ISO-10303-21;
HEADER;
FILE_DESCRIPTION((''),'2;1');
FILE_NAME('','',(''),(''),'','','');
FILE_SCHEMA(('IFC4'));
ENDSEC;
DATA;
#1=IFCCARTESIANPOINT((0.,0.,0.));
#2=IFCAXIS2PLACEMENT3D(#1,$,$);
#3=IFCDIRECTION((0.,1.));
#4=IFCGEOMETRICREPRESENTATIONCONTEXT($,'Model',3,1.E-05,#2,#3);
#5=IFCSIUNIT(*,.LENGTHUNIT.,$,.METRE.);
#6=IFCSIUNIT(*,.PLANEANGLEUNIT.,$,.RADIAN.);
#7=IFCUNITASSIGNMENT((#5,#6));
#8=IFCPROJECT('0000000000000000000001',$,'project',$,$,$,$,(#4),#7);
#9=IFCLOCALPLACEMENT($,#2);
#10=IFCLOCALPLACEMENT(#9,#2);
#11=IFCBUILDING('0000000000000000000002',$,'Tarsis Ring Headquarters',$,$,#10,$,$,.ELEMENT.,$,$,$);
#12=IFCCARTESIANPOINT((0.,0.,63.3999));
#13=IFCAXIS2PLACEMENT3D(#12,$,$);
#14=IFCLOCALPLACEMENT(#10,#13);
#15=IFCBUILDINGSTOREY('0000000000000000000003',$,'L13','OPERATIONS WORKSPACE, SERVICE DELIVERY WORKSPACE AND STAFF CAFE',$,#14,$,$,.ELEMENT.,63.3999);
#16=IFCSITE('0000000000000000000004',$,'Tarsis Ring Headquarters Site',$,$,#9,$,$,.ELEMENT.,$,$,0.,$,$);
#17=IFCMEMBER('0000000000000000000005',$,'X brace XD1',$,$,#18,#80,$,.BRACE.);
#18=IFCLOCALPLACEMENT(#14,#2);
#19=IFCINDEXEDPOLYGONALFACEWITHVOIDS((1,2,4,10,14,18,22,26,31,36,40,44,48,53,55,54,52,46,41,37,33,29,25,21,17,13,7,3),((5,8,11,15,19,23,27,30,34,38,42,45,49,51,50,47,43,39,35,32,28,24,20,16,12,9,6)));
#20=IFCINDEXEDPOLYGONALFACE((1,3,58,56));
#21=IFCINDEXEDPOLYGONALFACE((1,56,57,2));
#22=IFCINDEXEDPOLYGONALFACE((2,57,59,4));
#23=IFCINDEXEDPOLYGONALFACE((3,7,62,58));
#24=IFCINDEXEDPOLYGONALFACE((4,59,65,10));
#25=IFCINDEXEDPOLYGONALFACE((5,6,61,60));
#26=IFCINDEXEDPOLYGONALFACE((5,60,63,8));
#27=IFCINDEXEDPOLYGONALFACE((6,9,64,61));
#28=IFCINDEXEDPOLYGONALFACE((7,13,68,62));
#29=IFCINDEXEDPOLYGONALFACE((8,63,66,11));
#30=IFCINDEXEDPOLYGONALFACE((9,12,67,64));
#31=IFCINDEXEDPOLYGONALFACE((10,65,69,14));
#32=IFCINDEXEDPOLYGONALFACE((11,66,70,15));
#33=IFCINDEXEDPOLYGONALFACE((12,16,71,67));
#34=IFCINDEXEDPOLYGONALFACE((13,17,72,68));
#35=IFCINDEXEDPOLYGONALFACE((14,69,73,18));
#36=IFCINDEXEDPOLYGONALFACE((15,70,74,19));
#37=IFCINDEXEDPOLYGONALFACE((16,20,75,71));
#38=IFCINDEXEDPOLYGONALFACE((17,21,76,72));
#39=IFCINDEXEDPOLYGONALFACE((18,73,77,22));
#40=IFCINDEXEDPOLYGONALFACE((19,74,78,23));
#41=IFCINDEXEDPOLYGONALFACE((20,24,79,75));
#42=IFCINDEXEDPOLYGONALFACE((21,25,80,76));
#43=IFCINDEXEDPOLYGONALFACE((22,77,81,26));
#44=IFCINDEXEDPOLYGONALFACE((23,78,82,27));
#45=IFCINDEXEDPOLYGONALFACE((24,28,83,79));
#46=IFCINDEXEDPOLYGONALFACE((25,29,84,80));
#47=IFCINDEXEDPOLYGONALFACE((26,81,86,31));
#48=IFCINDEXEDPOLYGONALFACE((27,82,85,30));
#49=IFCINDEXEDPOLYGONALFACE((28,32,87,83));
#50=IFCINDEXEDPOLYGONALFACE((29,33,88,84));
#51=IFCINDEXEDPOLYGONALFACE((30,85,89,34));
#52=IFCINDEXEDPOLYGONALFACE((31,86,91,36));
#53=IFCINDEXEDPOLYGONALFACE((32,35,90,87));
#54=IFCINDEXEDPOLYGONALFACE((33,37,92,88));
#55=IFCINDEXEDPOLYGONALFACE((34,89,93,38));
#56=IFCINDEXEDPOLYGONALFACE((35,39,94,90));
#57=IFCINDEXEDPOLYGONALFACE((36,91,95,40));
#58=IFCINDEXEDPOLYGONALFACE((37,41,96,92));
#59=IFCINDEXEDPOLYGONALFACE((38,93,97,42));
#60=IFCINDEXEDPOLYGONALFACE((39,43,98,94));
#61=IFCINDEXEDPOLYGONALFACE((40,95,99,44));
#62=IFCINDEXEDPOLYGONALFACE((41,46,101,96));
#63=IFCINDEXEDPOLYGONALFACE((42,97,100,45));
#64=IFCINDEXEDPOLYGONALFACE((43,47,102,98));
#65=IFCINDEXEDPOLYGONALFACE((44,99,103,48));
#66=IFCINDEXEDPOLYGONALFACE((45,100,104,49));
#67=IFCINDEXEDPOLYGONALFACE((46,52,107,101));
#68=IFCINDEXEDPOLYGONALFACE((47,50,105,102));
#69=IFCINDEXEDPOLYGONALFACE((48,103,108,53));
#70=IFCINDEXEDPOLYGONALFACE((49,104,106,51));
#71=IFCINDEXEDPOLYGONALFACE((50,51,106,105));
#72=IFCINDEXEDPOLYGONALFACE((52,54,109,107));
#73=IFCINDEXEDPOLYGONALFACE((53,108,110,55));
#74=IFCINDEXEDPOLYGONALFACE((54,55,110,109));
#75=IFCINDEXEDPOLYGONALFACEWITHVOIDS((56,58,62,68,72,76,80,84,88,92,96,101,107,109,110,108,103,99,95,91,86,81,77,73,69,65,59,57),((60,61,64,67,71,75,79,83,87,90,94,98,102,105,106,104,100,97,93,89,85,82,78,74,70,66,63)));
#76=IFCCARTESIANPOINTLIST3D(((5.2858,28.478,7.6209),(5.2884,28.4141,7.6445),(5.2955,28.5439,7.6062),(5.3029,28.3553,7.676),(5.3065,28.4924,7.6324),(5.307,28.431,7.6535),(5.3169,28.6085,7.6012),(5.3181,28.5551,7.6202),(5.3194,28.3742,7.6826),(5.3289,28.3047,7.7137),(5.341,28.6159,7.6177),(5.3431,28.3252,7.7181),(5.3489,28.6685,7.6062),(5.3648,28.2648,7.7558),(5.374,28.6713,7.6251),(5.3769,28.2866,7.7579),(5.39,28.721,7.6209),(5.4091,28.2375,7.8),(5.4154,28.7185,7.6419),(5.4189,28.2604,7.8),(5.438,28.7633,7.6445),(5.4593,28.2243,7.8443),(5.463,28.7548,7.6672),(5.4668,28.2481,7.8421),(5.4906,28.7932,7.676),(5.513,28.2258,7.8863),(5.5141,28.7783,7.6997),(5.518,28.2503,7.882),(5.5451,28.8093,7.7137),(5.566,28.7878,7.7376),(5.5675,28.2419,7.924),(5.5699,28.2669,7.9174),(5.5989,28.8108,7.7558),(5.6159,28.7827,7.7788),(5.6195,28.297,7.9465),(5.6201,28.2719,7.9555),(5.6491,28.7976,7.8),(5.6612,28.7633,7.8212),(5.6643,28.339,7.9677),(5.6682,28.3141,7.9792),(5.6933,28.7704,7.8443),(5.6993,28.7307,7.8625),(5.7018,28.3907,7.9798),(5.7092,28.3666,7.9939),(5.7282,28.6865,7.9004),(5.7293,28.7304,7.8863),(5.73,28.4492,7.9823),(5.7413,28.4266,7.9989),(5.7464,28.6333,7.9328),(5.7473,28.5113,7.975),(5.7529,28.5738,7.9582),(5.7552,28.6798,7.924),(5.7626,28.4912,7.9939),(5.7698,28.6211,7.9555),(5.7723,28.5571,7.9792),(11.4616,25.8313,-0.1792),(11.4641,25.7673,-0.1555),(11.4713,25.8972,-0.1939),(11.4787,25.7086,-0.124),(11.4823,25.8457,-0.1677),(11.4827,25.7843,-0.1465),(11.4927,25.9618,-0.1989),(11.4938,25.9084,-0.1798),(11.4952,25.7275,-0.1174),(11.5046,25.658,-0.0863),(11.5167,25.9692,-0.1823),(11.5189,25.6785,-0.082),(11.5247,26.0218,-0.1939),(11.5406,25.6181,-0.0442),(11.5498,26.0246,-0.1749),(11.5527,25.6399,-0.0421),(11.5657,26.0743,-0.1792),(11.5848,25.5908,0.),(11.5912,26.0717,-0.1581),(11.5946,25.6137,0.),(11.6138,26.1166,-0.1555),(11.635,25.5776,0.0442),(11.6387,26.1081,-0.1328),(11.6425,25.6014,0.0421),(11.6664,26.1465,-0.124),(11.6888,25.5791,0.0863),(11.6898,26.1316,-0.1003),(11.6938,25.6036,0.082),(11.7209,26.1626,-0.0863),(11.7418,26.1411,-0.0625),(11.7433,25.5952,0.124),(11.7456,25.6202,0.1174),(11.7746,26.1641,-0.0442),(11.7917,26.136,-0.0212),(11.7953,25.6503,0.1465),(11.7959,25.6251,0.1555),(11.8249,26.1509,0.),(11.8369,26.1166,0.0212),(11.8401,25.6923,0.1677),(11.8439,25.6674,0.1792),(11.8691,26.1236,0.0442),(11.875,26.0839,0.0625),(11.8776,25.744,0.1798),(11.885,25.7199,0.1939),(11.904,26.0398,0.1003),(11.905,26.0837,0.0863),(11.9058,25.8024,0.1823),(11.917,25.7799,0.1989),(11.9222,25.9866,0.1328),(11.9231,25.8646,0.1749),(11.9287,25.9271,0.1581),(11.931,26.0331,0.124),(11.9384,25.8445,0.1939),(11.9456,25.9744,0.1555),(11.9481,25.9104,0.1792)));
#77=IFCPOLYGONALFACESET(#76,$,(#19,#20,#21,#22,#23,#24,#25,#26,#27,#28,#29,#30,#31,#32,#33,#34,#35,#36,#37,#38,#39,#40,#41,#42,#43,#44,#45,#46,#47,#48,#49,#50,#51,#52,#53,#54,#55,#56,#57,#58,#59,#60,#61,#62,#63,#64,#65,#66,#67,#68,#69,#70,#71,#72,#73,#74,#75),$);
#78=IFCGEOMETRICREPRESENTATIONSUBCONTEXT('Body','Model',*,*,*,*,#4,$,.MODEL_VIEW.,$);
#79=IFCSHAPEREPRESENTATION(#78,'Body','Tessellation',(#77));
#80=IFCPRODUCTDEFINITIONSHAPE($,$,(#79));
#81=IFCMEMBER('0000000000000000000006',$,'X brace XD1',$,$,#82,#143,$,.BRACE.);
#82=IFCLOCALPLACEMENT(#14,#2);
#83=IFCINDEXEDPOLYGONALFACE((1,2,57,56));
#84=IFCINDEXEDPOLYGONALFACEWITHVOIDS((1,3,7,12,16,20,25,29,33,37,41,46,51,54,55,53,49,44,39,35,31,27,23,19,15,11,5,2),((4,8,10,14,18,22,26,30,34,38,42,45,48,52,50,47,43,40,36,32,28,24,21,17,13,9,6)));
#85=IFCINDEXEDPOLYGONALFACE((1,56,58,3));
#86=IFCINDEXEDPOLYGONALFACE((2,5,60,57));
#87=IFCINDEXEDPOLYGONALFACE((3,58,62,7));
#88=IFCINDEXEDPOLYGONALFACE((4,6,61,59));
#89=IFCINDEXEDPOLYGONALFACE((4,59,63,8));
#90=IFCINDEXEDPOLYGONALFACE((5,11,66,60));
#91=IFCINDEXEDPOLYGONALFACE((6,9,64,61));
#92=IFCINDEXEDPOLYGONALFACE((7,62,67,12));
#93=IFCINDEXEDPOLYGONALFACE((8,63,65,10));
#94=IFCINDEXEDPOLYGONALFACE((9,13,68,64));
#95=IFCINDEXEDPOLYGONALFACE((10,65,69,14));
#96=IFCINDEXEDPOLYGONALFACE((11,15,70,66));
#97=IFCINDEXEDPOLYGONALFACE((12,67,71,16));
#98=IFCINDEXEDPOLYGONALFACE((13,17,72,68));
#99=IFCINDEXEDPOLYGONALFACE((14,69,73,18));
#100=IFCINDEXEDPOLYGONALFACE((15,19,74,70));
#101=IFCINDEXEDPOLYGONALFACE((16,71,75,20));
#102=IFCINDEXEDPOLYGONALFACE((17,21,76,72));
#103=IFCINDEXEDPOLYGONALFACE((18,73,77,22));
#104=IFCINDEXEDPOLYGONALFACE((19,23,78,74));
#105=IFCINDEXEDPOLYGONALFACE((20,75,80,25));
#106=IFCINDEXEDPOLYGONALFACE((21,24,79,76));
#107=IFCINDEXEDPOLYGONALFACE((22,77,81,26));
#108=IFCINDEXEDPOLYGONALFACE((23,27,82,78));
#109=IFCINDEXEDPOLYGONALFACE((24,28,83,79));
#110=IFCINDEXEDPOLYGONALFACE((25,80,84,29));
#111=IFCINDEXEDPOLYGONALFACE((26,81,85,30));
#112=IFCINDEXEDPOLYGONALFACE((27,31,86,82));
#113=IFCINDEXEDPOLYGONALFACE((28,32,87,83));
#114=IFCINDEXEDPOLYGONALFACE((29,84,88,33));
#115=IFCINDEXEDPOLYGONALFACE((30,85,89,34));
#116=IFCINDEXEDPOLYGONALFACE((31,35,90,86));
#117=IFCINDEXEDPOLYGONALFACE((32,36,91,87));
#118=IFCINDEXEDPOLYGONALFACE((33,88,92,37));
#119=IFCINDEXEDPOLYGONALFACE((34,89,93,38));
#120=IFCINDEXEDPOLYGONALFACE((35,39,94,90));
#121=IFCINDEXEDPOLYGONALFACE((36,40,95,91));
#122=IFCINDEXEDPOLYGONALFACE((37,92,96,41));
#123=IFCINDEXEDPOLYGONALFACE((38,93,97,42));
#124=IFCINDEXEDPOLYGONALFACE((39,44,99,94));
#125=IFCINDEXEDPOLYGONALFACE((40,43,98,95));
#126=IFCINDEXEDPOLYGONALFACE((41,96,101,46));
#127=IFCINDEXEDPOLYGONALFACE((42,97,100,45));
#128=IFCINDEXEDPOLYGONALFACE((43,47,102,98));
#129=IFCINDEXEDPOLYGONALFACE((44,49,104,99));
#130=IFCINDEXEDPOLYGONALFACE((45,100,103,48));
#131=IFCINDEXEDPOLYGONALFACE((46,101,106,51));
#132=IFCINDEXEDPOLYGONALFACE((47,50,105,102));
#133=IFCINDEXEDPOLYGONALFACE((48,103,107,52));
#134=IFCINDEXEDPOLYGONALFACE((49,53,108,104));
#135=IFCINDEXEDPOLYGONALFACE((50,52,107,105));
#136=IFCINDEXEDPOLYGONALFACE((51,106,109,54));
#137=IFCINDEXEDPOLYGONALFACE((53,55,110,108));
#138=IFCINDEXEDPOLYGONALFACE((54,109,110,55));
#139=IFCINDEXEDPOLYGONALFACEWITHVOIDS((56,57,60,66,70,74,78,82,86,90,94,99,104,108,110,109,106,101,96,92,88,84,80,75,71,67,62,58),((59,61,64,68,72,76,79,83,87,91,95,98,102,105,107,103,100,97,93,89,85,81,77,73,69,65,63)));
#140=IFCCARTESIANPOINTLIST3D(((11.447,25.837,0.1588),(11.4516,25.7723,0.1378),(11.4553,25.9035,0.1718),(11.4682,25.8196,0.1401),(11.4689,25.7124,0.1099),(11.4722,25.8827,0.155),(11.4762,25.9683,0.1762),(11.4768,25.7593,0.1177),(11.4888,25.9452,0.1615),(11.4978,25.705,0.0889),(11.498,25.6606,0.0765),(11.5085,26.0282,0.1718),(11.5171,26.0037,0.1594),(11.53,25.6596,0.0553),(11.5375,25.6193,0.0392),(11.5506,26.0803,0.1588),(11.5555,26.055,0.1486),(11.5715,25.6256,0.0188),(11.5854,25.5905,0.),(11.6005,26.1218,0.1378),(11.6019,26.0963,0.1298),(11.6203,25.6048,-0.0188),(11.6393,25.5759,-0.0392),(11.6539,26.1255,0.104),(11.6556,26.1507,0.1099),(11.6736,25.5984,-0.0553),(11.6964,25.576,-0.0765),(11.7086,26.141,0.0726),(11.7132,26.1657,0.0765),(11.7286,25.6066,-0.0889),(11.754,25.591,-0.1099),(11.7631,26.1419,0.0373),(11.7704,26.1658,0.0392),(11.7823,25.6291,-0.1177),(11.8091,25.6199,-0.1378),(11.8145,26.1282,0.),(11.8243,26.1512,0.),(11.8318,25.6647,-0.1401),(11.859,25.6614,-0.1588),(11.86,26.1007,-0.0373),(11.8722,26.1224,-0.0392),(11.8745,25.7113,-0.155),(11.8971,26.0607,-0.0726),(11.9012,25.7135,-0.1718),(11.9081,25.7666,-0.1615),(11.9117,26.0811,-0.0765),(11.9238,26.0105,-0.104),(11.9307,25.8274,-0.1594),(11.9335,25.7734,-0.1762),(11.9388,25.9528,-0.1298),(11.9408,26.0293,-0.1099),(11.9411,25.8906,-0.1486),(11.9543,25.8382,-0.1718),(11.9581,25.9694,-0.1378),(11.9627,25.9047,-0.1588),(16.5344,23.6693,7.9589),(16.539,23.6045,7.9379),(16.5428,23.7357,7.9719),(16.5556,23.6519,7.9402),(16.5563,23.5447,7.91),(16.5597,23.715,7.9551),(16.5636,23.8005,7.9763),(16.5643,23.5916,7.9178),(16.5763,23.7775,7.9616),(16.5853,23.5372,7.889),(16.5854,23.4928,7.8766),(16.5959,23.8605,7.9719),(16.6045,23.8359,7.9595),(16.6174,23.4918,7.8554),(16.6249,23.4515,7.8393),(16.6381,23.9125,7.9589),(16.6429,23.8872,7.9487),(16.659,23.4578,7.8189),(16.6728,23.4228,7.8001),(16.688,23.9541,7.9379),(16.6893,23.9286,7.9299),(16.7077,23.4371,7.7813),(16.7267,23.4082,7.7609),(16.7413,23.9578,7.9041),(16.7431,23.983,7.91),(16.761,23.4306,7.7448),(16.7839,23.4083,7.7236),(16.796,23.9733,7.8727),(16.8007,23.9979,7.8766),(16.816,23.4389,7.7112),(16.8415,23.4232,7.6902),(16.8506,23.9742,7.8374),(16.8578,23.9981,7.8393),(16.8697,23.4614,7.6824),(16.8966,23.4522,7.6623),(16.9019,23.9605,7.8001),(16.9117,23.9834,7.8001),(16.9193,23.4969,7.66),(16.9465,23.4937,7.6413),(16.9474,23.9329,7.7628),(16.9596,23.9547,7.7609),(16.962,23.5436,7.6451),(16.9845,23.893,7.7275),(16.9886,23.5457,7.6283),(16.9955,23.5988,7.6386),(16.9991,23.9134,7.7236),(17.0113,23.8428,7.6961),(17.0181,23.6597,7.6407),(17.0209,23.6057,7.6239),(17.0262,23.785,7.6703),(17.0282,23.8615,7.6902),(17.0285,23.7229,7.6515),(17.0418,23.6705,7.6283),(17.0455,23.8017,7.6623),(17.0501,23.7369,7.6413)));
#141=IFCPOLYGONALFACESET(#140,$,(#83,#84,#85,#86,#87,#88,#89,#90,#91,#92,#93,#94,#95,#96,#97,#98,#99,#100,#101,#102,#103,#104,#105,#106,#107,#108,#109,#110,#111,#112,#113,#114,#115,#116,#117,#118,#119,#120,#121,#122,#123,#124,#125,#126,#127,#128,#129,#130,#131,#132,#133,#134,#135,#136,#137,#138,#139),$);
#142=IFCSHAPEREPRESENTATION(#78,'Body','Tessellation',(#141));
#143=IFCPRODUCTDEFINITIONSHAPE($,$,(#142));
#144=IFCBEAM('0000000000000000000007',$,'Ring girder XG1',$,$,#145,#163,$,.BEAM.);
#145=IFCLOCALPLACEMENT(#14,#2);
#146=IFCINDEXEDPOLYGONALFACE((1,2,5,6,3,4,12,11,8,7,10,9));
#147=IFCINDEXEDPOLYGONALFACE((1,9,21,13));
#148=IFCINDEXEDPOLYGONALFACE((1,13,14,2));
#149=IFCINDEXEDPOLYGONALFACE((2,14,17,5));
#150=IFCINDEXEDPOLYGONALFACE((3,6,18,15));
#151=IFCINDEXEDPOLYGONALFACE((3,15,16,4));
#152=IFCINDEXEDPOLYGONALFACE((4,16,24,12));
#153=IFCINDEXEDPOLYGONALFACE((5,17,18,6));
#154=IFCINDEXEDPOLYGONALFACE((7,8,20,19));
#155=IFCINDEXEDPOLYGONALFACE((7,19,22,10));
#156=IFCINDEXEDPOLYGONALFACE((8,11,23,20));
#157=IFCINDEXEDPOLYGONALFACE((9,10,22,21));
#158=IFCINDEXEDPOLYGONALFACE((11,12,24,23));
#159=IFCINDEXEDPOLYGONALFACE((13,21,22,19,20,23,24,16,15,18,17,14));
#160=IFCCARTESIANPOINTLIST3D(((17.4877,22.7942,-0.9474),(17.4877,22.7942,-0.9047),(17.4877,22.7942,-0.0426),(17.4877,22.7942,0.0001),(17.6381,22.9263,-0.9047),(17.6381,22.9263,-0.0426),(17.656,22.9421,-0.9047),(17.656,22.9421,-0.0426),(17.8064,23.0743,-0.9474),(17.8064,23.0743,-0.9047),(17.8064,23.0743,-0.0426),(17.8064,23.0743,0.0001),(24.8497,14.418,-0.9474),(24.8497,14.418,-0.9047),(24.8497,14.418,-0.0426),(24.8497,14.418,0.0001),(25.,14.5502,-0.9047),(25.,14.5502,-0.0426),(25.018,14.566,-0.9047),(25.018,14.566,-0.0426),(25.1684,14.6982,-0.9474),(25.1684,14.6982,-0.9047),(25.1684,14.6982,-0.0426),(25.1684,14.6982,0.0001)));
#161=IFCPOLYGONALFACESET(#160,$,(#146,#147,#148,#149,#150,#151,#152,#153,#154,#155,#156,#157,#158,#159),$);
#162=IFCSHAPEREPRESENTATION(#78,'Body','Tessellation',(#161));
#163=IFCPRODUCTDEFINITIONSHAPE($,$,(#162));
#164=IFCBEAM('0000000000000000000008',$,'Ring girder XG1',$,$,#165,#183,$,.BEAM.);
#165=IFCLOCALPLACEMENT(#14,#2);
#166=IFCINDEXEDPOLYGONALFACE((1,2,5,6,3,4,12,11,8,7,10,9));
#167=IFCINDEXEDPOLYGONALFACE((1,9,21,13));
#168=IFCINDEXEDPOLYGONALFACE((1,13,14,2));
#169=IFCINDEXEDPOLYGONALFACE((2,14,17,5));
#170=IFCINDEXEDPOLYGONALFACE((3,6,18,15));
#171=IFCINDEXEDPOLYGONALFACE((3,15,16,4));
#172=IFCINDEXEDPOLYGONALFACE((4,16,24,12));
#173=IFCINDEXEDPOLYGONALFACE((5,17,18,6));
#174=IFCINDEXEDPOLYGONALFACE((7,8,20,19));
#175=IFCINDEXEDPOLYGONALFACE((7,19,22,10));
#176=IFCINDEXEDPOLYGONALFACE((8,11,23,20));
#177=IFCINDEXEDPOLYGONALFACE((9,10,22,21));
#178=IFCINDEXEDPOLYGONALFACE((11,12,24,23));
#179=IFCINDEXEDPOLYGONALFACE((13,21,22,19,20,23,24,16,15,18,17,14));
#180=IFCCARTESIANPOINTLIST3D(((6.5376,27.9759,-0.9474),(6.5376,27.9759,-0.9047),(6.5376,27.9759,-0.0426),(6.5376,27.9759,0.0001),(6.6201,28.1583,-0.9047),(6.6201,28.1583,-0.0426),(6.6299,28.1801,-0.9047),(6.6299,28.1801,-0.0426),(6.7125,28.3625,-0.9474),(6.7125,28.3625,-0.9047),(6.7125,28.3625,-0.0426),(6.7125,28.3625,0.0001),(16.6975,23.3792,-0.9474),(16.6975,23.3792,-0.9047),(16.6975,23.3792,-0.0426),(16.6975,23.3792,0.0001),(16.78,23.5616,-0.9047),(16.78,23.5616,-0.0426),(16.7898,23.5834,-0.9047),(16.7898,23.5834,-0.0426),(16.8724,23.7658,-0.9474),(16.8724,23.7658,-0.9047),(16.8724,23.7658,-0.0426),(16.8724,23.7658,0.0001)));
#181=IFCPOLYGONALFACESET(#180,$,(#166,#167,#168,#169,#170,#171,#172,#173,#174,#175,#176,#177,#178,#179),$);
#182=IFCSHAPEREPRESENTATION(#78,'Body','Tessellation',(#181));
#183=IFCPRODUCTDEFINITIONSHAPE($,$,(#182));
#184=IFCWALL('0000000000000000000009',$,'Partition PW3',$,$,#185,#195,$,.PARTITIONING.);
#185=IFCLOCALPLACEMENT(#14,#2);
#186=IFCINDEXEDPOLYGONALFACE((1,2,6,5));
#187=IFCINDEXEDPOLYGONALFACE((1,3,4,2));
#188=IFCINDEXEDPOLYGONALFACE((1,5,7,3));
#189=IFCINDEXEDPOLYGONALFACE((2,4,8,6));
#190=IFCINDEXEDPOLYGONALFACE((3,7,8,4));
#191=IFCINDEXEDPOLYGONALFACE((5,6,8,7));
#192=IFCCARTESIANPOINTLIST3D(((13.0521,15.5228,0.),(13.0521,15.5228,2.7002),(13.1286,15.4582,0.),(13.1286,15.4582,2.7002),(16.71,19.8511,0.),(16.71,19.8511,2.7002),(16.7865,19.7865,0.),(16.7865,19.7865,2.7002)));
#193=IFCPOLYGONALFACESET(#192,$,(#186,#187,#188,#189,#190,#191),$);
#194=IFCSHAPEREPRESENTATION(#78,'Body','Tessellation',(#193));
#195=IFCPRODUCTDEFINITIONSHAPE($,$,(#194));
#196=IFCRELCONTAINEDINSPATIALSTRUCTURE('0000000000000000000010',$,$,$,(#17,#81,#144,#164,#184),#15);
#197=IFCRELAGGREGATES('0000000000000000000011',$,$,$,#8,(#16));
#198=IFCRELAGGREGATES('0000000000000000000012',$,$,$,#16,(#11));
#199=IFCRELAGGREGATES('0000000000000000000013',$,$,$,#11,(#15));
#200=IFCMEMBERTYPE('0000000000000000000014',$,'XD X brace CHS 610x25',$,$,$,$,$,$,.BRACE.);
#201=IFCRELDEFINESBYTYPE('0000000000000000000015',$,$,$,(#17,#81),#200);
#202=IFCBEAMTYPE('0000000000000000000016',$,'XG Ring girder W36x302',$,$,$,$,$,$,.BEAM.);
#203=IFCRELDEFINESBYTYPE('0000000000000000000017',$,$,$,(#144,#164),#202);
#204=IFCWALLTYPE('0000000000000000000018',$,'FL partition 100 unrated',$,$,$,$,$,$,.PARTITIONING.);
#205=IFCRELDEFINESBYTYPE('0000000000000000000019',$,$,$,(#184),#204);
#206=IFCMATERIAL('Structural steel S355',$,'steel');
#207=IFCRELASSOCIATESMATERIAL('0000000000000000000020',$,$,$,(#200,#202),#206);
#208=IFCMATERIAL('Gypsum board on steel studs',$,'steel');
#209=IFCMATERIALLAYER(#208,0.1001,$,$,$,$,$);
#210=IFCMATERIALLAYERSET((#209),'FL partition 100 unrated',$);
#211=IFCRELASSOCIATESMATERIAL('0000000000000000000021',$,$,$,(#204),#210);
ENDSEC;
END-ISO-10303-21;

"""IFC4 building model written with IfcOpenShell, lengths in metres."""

from ifc_helpers import new_model, si_unit, direction, frame, frame_2d, origin, origin_2d, place, context, subcontext, project, spatial, rectangle, hollow_circle, i_section, extrude, material, layer, layer_set, material_profile, profile_set, type_object, element, save


model = new_model("IFC4")

# Units and contexts
model_context = context("Model", 3, precision=1e-05, world=origin(), true_north=direction((0.0, 1.0)))
body_context = subcontext(model_context, "Body", "Model", "MODEL_VIEW")
ifc_project = project(units=[si_unit("LENGTHUNIT", "METRE"), si_unit("PLANEANGLEUNIT", "RADIAN")], contexts=[model_context])

# Site, building, storey
site_placement = place(None, origin())
site = spatial("IfcSite", under=ifc_project, at=site_placement, Name="Tarsis Ring Headquarters Site", CompositionType="ELEMENT", RefElevation=0.0)
building_placement = place(site_placement, origin())
building = spatial("IfcBuilding", under=site, at=building_placement, Name="Tarsis Ring Headquarters", CompositionType="ELEMENT")
storey_placement = place(building_placement, frame((0.0, 0.0, 63.3999)))
storey = spatial("IfcBuildingStorey", under=building, at=storey_placement, Name="L13", Description="OPERATIONS WORKSPACE, SERVICE DELIVERY WORKSPACE AND STAFF CAFE", CompositionType="ELEMENT", Elevation=63.3999)

# Shared definitions
ifc_material_1 = material(Name="Structural steel S355", Category="steel")

# Members
ifc_material_profile_1 = material_profile(ifc_material_1, hollow_circle(Radius=0.3047, WallThickness=0.0249, at=origin_2d()), Name="CHS 610x25")
ifc_profile_set_1 = profile_set([ifc_material_profile_1], Name="Structural steel S355")
member_type = type_object("IfcMemberType", Name="XD X brace CHS 610x25", PredefinedType="BRACE", material=ifc_profile_set_1)
member_1_placement = place(storey_placement, frame((11.7048, 25.8708, 0.0), z_axis=(-0.599884, 0.25709, 0.757657), x_axis=(-0.393915, -0.919147, 0.0)))
element("IfcMember", 1, at=member_1_placement, inside=storey, type_object=member_type, Name="X brace XD1", PredefinedType="BRACE", context=body_context, shape_type="SweptSolid", body=[
    extrude(hollow_circle(Radius=0.3047, WallThickness=0.0249, at=origin_2d()), origin(), (0.0, 0.0, 1.0), 10.2949),
])
member_2_placement = place(storey_placement, frame((11.7048, 25.8708, 0.0), z_axis=(0.532074, -0.226715, 0.81578), x_axis=(0.391995, 0.919967, 0.0)))
element("IfcMember", 2, at=member_2_placement, inside=storey, type_object=member_type, Name="X brace XD1", PredefinedType="BRACE", context=body_context, shape_type="SweptSolid", body=[
    extrude(hollow_circle(Radius=0.3047, WallThickness=0.0249, at=origin_2d()), origin(), (0.0, 0.0, 1.0), 9.5615),
])

# Beams
ifc_material_profile_2 = material_profile(ifc_material_1, i_section(OverallWidth=0.4243, OverallDepth=0.9475, WebThickness=0.0239, FlangeThickness=0.0427, at=origin_2d()), Name="W36x302")
ifc_profile_set_2 = profile_set([ifc_material_profile_2], Name="Structural steel S355")
beam_type_1 = type_object("IfcBeamType", Name="XG Ring girder W36x302", PredefinedType="BEAM", material=ifc_profile_set_2)
beam_1_placement = place(storey_placement, frame((25.009, 14.5581, -0.4736), z_axis=(-0.660172, 0.751114, 0.0), x_axis=(-0.751114, -0.660172, 0.0)))
element("IfcBeam", 3, at=beam_1_placement, inside=storey, type_object=beam_type_1, Name="Ring girder XG1", PredefinedType="BEAM", context=body_context, shape_type="SweptSolid", body=[
    extrude(i_section(OverallWidth=0.4243, OverallDepth=0.9475, WebThickness=0.0239, FlangeThickness=0.0427, at=origin_2d()), origin(), (0.0, 0.0, 1.0), 11.1516),
])
beam_2_placement = place(storey_placement, frame((16.7849, 23.5725, -0.4736), z_axis=(-0.91109, 0.412207, 0.0), x_axis=(-0.412207, -0.91109, 0.0)))
element("IfcBeam", 4, at=beam_2_placement, inside=storey, type_object=beam_type_1, Name="Ring girder XG1", PredefinedType="BEAM", context=body_context, shape_type="SweptSolid", body=[
    extrude(i_section(OverallWidth=0.4243, OverallDepth=0.9475, WebThickness=0.0239, FlangeThickness=0.0427, at=origin_2d()), origin(), (0.0, 0.0, 1.0), 11.1514),
])

# Wall
ifc_material_2 = material(Name="Gypsum board on steel studs", Category="steel")
ifc_layer_1 = layer(ifc_material_2, 0.1001)
ifc_layer_set_1 = layer_set([ifc_layer_1], Name="FL partition 100 unrated")
wall_type_1 = type_object("IfcWallType", Name="FL partition 100 unrated", PredefinedType="PARTITIONING", material=ifc_layer_set_1)
wall_1_placement = place(storey_placement, frame((13.0903, 15.4905, 0.0), z_axis=(0.0, 0.0, 1.0), x_axis=(0.645479, 0.763778, 0.0)))
element("IfcWall", 5, at=wall_1_placement, inside=storey, type_object=wall_type_1, Name="Partition PW3", PredefinedType="PARTITIONING", context=body_context, shape_type="SweptSolid", body=[
    extrude(rectangle(XDim=5.667, YDim=0.1001, at=frame_2d((2.8335, 0.0))), origin(), (0.0, 0.0, 1.0), 2.7002),
])

save(model, "model.ifc")
